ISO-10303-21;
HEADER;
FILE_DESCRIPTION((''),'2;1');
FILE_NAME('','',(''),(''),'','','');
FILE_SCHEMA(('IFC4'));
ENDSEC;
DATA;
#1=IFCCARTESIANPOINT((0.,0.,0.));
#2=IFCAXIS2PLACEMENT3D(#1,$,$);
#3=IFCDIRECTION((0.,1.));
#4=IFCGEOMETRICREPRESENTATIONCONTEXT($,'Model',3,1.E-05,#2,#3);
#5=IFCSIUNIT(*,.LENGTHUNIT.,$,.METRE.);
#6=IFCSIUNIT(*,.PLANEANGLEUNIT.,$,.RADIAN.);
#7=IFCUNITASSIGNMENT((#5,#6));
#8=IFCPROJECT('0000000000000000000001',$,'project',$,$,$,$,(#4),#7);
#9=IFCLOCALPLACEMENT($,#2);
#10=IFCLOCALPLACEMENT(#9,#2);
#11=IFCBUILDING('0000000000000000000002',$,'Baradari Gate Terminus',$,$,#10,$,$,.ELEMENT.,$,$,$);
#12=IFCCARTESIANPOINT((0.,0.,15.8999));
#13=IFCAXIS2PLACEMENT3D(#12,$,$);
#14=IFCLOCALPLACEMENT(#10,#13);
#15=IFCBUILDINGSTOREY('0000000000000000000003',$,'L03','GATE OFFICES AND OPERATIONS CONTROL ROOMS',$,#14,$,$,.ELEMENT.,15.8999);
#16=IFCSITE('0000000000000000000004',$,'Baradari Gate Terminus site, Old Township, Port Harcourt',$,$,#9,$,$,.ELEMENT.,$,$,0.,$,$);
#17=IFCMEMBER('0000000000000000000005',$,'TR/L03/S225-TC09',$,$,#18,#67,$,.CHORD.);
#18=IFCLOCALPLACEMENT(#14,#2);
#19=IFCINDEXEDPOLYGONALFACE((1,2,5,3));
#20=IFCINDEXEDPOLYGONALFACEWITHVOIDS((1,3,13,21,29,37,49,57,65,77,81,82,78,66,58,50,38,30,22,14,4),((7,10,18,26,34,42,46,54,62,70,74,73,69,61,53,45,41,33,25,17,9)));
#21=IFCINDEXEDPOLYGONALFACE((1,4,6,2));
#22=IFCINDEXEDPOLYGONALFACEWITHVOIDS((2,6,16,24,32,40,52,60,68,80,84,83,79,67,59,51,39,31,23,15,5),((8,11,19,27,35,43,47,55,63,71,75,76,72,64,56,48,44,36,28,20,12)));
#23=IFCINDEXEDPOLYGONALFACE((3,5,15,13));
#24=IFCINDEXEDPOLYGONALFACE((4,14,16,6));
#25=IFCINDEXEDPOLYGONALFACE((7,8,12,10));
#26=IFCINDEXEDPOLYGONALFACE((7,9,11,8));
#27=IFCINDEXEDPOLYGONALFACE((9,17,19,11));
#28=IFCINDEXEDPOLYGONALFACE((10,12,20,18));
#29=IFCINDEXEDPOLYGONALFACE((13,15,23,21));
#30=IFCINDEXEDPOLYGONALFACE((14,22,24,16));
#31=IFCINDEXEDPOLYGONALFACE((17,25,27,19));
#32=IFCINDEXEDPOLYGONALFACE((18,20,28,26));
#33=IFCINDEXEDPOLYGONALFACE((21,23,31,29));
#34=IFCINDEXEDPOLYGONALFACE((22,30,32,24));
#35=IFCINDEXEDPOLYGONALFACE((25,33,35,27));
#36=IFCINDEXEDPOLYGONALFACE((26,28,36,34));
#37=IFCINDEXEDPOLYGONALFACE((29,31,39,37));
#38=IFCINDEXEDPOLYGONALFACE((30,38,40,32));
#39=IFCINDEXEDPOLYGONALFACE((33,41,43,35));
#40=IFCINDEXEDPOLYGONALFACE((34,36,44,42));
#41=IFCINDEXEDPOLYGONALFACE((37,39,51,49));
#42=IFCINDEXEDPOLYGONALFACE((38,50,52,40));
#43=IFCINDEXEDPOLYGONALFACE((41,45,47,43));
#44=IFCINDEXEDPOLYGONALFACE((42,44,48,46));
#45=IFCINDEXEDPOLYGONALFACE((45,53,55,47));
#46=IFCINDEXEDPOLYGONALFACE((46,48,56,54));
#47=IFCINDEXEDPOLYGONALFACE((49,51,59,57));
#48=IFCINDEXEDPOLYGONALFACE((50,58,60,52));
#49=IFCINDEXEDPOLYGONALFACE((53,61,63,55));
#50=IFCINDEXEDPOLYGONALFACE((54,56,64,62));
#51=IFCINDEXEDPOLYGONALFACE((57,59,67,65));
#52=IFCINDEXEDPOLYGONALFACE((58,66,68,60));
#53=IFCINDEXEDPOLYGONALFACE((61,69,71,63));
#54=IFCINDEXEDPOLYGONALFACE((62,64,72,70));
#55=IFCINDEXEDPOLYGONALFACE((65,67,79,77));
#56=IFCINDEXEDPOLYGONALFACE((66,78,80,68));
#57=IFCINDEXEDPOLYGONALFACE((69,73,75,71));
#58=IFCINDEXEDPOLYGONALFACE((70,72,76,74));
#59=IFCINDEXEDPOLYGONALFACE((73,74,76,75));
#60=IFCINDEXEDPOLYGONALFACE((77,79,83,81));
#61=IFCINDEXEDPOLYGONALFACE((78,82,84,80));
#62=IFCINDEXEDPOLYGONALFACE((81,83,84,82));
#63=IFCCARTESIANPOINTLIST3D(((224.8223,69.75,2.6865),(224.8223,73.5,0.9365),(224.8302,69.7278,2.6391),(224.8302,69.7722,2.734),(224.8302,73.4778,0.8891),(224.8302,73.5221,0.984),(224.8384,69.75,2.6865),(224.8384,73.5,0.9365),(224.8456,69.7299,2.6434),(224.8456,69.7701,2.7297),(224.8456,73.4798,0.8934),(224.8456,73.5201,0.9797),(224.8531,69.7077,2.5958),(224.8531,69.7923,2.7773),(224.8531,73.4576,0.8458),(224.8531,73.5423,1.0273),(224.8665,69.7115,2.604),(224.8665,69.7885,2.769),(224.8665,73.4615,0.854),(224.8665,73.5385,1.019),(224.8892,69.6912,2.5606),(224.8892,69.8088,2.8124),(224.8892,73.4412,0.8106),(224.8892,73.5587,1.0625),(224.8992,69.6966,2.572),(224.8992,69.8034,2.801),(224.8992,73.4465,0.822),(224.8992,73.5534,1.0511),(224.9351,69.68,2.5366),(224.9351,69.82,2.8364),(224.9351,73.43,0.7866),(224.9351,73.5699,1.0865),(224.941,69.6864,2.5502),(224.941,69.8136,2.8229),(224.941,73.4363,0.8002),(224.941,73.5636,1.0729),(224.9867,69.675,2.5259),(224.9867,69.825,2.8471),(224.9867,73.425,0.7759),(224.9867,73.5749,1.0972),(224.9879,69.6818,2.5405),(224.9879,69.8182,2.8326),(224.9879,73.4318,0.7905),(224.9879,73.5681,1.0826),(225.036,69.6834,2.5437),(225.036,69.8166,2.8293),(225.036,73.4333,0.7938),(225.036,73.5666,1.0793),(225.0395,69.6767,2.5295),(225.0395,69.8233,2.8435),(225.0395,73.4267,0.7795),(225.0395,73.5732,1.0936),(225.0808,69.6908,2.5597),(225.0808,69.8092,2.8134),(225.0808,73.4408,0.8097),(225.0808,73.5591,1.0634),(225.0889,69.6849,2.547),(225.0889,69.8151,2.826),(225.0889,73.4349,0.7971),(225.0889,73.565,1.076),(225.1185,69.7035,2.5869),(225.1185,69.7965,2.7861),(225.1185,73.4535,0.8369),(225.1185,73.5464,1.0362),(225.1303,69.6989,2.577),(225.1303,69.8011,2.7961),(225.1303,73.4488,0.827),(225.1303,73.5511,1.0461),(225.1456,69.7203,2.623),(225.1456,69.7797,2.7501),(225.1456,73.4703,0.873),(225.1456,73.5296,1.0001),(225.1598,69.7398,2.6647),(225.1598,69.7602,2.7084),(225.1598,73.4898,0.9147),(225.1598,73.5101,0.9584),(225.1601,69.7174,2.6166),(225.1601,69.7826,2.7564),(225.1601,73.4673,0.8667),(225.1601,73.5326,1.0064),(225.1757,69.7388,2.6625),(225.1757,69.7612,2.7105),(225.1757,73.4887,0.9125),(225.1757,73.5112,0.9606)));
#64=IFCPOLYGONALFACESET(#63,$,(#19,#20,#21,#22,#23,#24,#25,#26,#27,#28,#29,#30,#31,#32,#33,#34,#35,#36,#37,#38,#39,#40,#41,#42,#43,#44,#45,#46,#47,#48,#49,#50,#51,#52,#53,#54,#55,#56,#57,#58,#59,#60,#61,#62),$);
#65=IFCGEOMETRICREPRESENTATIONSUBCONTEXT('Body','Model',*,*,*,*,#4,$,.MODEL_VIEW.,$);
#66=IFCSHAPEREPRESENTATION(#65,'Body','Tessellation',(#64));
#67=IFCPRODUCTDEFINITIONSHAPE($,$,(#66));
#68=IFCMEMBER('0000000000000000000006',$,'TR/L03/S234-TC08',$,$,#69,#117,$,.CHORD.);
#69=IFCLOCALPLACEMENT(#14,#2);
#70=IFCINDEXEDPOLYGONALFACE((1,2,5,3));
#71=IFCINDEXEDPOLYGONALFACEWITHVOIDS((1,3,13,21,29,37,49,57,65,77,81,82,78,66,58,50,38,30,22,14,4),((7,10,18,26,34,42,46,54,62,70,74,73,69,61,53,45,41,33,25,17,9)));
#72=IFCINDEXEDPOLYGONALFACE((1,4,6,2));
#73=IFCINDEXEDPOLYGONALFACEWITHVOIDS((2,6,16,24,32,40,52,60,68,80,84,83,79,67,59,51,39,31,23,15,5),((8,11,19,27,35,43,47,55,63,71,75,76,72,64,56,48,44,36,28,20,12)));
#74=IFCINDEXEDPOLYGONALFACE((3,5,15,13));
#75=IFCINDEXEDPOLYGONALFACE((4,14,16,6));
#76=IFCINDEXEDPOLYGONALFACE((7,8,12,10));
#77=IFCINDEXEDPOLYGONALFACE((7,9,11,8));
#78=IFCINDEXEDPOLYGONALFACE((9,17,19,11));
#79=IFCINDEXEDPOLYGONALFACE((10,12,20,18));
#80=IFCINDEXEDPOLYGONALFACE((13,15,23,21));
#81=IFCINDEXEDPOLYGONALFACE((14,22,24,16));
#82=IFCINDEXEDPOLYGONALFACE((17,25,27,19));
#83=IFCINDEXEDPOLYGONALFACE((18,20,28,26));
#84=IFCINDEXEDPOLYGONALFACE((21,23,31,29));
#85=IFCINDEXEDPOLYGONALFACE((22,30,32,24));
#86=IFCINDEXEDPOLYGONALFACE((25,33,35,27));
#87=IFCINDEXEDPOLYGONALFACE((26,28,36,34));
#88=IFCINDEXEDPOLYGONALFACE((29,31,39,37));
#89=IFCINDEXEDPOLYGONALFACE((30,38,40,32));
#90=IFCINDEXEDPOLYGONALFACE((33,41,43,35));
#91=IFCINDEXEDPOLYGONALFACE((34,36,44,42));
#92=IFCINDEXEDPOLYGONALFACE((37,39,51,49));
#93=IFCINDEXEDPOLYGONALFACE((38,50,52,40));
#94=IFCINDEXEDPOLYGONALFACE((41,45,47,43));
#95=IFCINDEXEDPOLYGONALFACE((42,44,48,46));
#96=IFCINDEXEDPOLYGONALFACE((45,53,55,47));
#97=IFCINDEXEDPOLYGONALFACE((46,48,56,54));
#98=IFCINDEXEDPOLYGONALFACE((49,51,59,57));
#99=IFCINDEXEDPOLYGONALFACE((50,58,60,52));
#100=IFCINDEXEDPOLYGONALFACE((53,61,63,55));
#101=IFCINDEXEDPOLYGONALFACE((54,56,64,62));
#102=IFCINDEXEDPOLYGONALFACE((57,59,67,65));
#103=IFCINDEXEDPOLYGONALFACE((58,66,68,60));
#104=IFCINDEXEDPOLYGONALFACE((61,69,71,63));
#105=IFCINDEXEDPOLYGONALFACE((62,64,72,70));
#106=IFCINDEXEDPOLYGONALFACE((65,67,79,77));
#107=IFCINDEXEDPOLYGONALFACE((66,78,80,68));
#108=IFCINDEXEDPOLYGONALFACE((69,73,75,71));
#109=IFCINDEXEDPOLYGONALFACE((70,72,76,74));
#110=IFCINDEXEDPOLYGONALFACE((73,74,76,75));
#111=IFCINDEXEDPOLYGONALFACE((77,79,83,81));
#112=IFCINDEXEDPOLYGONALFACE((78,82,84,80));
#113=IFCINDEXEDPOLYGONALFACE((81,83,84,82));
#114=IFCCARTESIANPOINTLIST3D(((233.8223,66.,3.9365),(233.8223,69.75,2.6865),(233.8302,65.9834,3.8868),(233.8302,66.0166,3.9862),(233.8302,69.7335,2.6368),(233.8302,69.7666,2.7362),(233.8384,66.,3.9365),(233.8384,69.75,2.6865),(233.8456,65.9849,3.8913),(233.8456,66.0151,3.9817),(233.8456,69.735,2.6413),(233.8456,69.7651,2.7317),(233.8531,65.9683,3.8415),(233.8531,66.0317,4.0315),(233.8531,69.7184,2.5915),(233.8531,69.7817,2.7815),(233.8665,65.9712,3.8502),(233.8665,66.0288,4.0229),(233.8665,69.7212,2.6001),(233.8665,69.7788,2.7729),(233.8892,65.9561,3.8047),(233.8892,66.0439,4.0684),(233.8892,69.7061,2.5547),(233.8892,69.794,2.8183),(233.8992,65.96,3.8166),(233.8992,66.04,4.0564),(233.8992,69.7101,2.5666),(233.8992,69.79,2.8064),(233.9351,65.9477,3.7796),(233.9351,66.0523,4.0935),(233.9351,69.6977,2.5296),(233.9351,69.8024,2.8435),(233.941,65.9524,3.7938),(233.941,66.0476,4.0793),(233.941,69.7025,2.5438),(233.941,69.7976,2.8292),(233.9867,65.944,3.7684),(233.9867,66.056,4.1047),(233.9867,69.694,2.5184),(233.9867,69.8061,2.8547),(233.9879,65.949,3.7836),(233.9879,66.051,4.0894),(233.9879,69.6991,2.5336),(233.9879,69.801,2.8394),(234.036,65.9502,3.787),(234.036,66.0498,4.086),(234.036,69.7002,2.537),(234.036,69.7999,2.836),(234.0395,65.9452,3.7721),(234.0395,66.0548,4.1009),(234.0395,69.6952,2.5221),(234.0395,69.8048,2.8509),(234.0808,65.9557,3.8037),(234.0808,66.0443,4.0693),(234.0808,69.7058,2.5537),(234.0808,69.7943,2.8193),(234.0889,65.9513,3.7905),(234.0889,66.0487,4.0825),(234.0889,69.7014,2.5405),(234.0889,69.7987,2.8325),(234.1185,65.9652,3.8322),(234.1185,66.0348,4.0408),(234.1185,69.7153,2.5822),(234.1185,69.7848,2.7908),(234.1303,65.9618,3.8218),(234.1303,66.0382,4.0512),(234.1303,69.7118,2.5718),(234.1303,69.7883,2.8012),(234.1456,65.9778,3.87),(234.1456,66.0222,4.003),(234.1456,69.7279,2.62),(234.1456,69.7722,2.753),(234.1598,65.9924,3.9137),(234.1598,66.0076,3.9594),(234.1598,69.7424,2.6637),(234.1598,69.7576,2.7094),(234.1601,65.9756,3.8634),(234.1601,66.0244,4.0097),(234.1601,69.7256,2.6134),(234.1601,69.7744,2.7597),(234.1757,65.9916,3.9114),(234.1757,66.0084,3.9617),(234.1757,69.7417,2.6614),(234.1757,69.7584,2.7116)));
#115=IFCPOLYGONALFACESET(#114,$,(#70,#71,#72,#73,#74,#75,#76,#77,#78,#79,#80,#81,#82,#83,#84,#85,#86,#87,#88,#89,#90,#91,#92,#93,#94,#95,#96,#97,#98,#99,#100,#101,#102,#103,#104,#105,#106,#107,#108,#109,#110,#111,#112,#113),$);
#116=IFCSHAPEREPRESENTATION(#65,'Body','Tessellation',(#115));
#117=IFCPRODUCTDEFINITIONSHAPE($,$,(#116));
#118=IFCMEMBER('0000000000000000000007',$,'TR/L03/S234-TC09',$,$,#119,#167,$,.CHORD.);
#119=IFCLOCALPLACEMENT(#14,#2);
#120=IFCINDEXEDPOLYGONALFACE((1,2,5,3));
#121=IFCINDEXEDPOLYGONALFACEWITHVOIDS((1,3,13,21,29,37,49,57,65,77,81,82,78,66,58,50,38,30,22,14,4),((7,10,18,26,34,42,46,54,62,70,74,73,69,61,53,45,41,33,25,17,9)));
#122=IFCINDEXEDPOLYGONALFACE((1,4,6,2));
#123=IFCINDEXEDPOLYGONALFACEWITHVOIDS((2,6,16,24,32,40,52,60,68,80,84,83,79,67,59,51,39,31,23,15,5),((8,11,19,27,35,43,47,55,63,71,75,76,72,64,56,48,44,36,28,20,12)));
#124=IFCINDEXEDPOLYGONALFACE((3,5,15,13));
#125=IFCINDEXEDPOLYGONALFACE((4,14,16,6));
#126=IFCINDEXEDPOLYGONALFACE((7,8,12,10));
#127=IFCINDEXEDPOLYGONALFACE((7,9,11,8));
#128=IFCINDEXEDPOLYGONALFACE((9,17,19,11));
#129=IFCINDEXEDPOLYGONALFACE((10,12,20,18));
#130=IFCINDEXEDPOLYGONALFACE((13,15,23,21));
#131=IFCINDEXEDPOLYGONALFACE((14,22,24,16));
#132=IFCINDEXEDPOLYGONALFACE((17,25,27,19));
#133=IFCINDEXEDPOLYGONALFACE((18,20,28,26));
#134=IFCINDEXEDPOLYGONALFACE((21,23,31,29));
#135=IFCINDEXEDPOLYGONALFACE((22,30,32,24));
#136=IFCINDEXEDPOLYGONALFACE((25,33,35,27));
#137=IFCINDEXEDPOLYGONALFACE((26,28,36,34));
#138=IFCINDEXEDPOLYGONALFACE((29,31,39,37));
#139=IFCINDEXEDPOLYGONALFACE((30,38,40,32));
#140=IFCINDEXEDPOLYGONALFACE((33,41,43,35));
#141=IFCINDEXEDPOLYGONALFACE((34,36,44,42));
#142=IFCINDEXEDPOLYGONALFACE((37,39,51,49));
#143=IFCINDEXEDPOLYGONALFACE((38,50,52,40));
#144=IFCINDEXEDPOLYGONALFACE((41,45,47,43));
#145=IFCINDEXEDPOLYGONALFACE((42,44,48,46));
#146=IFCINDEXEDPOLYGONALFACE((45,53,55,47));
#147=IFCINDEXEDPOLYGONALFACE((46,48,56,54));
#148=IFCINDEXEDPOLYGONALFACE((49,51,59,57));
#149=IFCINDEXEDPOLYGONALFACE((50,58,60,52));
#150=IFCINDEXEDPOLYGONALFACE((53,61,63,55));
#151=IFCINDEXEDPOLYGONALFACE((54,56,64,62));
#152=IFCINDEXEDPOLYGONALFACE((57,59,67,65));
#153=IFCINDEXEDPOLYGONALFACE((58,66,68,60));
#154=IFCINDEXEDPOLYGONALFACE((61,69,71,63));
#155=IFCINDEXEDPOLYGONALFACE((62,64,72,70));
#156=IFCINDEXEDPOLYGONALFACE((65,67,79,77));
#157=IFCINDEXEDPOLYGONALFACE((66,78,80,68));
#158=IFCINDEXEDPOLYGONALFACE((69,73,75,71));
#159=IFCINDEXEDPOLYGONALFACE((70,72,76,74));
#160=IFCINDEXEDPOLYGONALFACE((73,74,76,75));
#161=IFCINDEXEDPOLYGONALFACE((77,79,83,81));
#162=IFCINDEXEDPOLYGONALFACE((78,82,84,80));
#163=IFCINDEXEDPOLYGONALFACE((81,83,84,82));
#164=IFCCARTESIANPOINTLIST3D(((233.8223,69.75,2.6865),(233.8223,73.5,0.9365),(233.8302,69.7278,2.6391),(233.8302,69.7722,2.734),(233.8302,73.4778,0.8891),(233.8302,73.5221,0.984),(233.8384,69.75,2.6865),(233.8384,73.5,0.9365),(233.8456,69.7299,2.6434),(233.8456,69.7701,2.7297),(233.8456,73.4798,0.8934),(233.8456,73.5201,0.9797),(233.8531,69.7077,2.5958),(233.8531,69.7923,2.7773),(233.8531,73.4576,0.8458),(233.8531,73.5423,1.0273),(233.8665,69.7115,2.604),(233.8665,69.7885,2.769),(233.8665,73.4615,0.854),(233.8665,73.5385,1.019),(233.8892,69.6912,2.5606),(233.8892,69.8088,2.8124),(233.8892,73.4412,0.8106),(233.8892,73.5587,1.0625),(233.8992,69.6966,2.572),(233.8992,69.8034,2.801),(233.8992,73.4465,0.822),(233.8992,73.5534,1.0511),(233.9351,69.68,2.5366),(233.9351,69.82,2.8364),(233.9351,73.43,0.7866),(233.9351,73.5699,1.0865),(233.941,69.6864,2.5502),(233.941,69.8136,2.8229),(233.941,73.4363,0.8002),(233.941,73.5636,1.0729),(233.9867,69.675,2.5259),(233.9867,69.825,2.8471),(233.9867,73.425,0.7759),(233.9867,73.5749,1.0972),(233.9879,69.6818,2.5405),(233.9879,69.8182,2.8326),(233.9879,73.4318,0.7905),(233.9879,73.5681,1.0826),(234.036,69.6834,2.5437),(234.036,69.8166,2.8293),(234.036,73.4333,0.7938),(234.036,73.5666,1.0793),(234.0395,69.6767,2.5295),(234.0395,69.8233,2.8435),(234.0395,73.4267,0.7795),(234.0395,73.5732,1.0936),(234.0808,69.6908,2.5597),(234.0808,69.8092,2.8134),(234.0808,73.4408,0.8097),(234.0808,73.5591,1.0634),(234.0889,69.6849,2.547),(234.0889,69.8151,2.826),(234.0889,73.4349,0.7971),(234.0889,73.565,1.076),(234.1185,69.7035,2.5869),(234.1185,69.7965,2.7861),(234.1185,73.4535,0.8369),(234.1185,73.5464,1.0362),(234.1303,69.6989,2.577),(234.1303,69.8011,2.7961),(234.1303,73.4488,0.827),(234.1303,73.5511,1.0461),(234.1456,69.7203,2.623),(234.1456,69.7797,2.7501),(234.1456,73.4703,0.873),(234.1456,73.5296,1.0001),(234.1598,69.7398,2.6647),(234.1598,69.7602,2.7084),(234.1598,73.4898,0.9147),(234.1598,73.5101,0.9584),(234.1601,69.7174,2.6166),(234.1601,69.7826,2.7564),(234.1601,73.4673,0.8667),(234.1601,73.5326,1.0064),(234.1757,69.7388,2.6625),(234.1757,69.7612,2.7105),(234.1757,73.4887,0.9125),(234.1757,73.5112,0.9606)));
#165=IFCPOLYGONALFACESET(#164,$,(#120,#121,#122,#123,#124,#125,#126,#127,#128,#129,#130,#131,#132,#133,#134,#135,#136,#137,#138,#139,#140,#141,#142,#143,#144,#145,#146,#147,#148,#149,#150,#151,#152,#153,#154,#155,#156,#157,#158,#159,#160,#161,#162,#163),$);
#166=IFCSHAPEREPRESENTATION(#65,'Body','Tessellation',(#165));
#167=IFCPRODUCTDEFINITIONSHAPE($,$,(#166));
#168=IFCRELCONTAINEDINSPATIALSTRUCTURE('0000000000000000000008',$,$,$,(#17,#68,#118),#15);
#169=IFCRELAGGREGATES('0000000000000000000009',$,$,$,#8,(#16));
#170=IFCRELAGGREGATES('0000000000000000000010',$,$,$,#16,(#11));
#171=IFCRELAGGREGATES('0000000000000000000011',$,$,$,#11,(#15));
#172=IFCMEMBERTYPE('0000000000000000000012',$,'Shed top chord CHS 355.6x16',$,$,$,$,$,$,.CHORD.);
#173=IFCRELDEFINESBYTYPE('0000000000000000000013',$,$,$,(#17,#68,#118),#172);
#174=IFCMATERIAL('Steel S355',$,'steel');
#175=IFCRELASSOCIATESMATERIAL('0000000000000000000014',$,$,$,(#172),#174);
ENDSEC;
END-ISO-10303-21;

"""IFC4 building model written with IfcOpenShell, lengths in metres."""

from ifc_helpers import new_model, si_unit, direction, frame, origin, origin_2d, place, context, subcontext, project, spatial, hollow_circle, extrude, material, material_profile, profile_set, type_object, element, save


model = new_model("IFC4")

# Units and contexts
model_context = context("Model", 3, precision=1e-05, world=origin(), true_north=direction((0.0, 1.0)))
body_context = subcontext(model_context, "Body", "Model", "MODEL_VIEW")
ifc_project = project(units=[si_unit("LENGTHUNIT", "METRE"), si_unit("PLANEANGLEUNIT", "RADIAN")], contexts=[model_context])

# Site, building, storey
site_placement = place(None, origin())
site = spatial("IfcSite", under=ifc_project, at=site_placement, Name="Baradari Gate Terminus site, Old Township, Port Harcourt", CompositionType="ELEMENT", RefElevation=0.0)
building_placement = place(site_placement, origin())
building = spatial("IfcBuilding", under=site, at=building_placement, Name="Baradari Gate Terminus", CompositionType="ELEMENT")
storey_placement = place(building_placement, frame((0.0, 0.0, 15.8999)))
storey = spatial("IfcBuildingStorey", under=building, at=storey_placement, Name="L03", Description="GATE OFFICES AND OPERATIONS CONTROL ROOMS", CompositionType="ELEMENT", Elevation=15.8999)

# Members
ifc_material_1 = material(Name="Steel S355", Category="steel")
ifc_material_profile_1 = material_profile(ifc_material_1, hollow_circle(Radius=0.1777, WallThickness=0.0161, at=origin_2d()), Name="CHS 355.6x16")
ifc_profile_set_1 = profile_set([ifc_material_profile_1], Name="Steel S355")
member_type_1 = type_object("IfcMemberType", Name="Shed top chord CHS 355.6x16", PredefinedType="CHORD", material=ifc_profile_set_1)
member_1_placement = place(storey_placement, frame((225.0, 69.75, 2.6865), z_axis=(0.0, 0.906183, -0.422885), x_axis=(-1.0, 0.0, 0.0)))
element("IfcMember", 1, at=member_1_placement, inside=storey, type_object=member_type_1, Name="TR/L03/S225-TC09", PredefinedType="CHORD", context=body_context, shape_type="SweptSolid", body=[
    extrude(hollow_circle(Radius=0.1777, WallThickness=0.0161, at=origin_2d()), origin(), (0.0, 0.0, 1.0), 4.1382),
])
member_2_placement = place(storey_placement, frame((234.0, 66.0, 3.9365), z_axis=(0.0, 0.948683, -0.316228), x_axis=(-1.0, 0.0, 0.0)))
element("IfcMember", 2, at=member_2_placement, inside=storey, type_object=member_type_1, Name="TR/L03/S234-TC08", PredefinedType="CHORD", context=body_context, shape_type="SweptSolid", body=[
    extrude(hollow_circle(Radius=0.1777, WallThickness=0.0161, at=origin_2d()), origin(), (0.0, 0.0, 1.0), 3.9529),
])
member_3_placement = place(storey_placement, frame((234.0, 69.75, 2.6865), z_axis=(0.0, 0.906183, -0.422885), x_axis=(-1.0, 0.0, 0.0)))
element("IfcMember", 3, at=member_3_placement, inside=storey, type_object=member_type_1, Name="TR/L03/S234-TC09", PredefinedType="CHORD", context=body_context, shape_type="SweptSolid", body=[
    extrude(hollow_circle(Radius=0.1777, WallThickness=0.0161, at=origin_2d()), origin(), (0.0, 0.0, 1.0), 4.1382),
])

save(model, "model.ifc")
